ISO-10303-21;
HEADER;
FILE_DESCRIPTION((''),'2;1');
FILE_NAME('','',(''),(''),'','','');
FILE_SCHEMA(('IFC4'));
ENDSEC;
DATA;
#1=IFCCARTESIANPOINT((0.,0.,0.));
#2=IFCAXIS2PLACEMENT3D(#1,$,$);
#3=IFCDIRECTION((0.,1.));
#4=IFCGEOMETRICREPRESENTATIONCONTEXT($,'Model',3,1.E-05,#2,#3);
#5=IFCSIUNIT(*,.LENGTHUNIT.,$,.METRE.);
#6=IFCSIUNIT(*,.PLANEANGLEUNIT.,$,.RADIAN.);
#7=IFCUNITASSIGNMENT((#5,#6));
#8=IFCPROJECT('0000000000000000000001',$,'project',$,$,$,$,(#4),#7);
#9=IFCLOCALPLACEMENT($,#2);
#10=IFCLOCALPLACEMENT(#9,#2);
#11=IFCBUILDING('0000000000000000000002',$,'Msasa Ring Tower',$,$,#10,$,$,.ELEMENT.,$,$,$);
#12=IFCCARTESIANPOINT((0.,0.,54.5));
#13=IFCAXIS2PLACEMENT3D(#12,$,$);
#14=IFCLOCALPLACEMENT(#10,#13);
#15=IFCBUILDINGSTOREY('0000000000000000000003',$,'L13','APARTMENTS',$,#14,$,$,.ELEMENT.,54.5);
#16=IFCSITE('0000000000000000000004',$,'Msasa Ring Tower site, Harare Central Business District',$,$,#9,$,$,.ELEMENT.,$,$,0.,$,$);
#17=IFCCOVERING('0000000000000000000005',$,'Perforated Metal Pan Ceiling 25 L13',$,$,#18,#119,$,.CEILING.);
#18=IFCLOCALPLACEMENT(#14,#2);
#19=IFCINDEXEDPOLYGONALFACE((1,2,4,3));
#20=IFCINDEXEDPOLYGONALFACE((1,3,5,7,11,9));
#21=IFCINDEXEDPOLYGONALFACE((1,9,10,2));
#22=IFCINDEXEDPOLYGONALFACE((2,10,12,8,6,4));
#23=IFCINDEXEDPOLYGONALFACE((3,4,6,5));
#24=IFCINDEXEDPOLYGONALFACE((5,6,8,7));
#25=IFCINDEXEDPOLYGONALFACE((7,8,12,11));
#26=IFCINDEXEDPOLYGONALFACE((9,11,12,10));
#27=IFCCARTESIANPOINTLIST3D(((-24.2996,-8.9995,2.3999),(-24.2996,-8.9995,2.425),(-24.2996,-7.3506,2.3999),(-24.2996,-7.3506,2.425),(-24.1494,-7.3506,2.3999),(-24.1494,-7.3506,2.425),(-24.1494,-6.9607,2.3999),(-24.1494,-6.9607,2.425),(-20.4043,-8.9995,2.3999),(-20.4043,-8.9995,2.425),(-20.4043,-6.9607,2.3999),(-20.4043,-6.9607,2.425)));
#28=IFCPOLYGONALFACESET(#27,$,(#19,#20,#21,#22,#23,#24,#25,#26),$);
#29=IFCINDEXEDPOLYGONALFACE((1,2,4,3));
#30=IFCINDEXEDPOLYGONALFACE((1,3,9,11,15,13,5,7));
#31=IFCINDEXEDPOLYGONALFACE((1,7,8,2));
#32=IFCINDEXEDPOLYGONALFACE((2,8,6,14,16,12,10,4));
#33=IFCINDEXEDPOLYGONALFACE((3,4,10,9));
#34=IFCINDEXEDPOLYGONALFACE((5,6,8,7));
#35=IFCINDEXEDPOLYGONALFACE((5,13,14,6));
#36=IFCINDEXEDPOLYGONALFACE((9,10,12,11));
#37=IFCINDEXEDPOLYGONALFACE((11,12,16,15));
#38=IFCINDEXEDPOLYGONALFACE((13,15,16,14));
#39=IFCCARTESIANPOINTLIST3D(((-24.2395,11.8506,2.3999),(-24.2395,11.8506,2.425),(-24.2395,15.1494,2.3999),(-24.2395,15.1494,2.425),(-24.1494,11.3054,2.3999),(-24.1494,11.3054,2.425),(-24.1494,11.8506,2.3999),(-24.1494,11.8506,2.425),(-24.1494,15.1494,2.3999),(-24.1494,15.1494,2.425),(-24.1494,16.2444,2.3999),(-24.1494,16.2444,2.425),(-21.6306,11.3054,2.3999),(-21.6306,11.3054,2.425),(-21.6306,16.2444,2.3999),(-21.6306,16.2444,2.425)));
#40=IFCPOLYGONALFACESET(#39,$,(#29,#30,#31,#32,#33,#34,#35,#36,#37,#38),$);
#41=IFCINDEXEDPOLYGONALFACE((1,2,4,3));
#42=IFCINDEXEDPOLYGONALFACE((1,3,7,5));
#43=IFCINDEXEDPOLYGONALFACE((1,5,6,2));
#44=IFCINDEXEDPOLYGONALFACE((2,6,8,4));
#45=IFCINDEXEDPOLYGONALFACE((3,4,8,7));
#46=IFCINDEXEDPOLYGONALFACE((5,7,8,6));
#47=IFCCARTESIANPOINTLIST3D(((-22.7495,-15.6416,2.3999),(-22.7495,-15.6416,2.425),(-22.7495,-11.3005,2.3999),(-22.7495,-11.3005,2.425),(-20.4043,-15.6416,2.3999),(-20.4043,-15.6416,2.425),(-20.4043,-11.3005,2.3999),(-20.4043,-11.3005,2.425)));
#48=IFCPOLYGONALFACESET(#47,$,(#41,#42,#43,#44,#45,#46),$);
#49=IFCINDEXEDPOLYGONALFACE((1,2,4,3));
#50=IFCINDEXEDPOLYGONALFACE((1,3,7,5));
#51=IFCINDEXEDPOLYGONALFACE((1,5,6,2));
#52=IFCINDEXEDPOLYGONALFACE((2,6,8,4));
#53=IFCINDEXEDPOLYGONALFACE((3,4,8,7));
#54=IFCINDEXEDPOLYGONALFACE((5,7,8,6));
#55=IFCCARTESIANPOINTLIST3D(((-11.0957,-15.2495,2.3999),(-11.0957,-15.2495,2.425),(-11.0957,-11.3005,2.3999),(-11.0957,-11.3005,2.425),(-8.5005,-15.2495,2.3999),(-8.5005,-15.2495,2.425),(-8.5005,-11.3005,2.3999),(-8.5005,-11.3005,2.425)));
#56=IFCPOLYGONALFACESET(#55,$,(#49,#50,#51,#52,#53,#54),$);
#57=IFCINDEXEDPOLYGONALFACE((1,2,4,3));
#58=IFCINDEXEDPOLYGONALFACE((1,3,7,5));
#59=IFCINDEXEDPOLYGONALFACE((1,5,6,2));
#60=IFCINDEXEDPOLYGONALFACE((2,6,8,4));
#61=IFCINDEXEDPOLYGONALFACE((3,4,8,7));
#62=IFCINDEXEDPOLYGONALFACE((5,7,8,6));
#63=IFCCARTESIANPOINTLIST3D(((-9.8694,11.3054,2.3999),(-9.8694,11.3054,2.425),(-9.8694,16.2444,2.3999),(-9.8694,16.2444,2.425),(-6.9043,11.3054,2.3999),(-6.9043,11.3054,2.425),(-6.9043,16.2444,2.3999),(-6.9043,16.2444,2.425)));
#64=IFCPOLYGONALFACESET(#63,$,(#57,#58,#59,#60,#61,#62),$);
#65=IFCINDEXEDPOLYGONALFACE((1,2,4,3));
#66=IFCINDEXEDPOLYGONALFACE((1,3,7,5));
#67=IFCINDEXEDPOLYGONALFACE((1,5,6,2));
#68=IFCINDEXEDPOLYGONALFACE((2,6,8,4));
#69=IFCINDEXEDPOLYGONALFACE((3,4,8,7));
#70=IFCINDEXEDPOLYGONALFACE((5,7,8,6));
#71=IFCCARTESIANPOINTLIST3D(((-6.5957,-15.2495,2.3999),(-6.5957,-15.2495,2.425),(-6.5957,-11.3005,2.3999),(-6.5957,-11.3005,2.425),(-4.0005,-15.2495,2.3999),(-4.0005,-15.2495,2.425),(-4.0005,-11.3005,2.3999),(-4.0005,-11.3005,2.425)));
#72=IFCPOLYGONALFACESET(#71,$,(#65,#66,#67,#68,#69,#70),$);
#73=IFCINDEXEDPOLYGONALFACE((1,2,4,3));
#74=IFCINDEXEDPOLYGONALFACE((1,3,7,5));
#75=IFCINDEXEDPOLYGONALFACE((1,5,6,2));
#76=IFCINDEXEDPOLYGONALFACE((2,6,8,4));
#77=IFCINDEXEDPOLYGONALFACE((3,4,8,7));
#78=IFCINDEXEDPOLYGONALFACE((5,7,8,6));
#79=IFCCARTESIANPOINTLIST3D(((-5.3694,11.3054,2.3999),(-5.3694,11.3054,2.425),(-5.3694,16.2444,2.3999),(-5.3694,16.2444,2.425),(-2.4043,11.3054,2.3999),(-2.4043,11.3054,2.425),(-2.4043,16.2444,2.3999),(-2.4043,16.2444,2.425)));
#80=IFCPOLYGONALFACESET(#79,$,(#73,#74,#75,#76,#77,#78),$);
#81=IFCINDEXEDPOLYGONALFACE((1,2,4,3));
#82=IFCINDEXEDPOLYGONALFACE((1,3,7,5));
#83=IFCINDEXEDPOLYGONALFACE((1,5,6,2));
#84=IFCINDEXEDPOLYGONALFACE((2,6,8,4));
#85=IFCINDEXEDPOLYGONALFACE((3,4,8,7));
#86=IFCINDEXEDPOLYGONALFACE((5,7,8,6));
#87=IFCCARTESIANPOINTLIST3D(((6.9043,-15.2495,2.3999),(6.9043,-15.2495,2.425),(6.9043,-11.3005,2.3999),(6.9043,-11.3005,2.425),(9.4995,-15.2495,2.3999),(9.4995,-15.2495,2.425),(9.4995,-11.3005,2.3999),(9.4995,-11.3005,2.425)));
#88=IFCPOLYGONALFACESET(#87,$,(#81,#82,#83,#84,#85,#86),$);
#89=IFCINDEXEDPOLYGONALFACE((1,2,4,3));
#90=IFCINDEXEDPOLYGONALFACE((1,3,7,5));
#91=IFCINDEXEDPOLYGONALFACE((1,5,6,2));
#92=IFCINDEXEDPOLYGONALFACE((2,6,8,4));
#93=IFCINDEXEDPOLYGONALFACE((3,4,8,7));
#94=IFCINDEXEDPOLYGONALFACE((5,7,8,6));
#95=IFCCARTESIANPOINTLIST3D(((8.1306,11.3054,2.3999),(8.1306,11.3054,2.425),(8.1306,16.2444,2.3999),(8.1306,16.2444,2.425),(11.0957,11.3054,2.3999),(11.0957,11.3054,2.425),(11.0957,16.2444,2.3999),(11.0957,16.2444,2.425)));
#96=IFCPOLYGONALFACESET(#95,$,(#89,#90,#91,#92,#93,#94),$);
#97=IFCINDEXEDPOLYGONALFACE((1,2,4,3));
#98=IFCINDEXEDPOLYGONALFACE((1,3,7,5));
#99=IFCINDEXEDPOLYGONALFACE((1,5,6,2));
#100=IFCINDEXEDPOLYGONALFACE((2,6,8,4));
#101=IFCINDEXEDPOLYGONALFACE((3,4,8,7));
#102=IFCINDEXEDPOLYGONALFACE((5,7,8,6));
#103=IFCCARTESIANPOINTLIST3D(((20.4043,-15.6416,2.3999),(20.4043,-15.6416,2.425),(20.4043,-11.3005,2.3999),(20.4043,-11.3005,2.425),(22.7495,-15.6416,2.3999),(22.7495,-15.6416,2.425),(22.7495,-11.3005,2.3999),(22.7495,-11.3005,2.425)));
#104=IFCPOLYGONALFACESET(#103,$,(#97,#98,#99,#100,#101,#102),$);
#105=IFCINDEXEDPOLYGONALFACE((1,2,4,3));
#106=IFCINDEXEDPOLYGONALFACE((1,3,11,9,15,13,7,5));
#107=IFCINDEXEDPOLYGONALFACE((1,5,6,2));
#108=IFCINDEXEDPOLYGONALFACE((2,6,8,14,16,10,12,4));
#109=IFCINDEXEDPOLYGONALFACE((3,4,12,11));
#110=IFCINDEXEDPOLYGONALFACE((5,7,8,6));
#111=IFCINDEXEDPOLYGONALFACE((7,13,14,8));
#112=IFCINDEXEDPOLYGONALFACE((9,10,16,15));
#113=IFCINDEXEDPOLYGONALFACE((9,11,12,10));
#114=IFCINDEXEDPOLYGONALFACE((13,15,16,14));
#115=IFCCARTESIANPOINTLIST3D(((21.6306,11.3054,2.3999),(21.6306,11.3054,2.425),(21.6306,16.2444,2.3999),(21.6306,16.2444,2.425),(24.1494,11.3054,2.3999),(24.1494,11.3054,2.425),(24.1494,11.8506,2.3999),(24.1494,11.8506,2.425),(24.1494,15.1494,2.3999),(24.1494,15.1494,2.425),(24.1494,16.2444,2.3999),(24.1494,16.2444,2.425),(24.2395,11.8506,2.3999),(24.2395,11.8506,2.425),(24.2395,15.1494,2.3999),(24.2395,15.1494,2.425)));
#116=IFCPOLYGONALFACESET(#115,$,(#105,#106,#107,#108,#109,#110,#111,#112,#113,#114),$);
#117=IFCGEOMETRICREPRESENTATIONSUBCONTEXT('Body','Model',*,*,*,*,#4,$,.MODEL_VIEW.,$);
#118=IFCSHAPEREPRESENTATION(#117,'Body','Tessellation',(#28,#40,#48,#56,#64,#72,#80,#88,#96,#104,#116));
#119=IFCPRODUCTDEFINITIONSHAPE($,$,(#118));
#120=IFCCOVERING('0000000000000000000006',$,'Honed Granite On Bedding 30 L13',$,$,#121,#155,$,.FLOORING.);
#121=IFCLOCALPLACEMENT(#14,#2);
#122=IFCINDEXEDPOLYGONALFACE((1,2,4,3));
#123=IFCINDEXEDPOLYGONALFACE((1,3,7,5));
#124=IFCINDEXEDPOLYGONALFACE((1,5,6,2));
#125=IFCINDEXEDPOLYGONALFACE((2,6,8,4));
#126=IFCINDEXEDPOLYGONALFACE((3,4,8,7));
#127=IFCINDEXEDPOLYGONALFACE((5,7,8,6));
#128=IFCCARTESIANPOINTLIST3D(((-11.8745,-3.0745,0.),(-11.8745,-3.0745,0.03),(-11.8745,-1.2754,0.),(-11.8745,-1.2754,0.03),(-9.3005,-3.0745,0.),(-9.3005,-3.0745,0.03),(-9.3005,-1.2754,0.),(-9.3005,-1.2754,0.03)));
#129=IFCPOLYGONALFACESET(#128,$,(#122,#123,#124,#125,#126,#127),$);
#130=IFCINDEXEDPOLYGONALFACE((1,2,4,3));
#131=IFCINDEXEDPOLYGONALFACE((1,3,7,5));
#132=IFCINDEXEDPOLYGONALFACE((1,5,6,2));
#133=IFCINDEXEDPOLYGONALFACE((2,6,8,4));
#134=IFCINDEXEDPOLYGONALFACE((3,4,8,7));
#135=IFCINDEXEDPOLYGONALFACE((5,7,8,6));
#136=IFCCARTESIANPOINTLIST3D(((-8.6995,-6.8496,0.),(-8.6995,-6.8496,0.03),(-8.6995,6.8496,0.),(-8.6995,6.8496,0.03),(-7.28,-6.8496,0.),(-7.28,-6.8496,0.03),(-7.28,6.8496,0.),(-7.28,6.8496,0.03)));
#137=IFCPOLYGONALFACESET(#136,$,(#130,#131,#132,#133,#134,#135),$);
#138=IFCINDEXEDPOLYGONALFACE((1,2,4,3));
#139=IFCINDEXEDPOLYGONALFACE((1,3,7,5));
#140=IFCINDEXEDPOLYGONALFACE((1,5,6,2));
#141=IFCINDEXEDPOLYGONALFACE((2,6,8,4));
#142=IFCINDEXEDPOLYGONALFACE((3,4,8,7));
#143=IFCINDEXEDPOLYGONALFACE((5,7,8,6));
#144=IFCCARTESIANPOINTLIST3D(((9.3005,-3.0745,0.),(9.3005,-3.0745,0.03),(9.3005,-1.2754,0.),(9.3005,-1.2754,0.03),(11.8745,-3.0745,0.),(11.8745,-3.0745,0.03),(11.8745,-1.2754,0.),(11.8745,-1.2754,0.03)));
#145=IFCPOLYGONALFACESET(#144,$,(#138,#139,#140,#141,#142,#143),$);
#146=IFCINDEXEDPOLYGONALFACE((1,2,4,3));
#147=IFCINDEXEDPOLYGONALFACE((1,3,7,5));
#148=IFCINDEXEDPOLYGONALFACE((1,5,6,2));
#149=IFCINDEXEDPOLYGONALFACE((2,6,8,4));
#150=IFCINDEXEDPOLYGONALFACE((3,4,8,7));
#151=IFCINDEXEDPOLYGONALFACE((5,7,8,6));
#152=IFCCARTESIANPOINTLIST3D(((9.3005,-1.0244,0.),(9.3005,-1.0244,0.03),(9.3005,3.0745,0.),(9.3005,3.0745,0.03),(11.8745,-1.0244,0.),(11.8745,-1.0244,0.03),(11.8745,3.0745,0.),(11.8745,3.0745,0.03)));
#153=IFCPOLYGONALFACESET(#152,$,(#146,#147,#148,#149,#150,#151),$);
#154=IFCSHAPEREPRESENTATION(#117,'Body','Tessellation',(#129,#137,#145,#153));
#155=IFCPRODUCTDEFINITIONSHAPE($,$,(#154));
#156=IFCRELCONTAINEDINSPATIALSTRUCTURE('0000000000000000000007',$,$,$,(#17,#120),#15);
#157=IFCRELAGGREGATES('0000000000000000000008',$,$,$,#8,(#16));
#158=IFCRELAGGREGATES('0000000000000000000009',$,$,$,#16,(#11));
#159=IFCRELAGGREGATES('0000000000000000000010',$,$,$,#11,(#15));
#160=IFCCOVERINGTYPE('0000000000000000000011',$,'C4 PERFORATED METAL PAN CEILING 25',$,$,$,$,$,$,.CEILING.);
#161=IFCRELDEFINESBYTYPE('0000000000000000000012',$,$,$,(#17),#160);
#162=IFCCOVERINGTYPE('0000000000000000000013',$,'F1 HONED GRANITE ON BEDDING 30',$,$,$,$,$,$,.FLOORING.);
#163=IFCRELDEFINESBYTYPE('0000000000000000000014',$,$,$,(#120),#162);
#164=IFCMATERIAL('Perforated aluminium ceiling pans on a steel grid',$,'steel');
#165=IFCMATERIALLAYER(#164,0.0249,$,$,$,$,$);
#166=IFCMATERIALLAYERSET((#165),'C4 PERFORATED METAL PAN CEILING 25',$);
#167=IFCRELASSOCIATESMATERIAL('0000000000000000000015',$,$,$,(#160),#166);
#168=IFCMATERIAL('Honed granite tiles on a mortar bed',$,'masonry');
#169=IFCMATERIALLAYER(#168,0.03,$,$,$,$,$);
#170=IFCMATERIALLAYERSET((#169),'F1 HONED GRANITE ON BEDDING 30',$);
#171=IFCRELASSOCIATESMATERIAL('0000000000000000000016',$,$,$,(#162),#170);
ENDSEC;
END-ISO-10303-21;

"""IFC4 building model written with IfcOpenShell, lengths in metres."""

from ifc_helpers import new_model, si_unit, direction, frame, origin, place, context, subcontext, project, spatial, line, indexed_curve, outline, extrude, material, layer, layer_set, type_object, element, save


model = new_model("IFC4")

# Units and contexts
model_context = context("Model", 3, precision=1e-05, world=origin(), true_north=direction((0.0, 1.0)))
body_context = subcontext(model_context, "Body", "Model", "MODEL_VIEW")
ifc_project = project(units=[si_unit("LENGTHUNIT", "METRE"), si_unit("PLANEANGLEUNIT", "RADIAN")], contexts=[model_context])

# Site, building, storey
site_placement = place(None, origin())
site = spatial("IfcSite", under=ifc_project, at=site_placement, Name="Msasa Ring Tower site, Harare Central Business District", CompositionType="ELEMENT", RefElevation=0.0)
building_placement = place(site_placement, origin())
building = spatial("IfcBuilding", under=site, at=building_placement, Name="Msasa Ring Tower", CompositionType="ELEMENT")
storey_placement = place(building_placement, frame((0.0, 0.0, 54.5)))
storey = spatial("IfcBuildingStorey", under=building, at=storey_placement, Name="L13", Description="APARTMENTS", CompositionType="ELEMENT", Elevation=54.5)

# Coverings
ifc_material_1 = material(Name="Perforated aluminium ceiling pans on a steel grid", Category="steel")
ifc_layer_1 = layer(ifc_material_1, 0.0249)
ifc_layer_set_1 = layer_set([ifc_layer_1], Name="C4 PERFORATED METAL PAN CEILING 25")
covering_type_1 = type_object("IfcCoveringType", Name="C4 PERFORATED METAL PAN CEILING 25", PredefinedType="CEILING", material=ifc_layer_set_1)
covering_1_placement = place(storey_placement, frame((0.0, 0.0, 2.3999)))
element("IfcCovering", 1, at=covering_1_placement, inside=storey, type_object=covering_type_1, Name="Perforated Metal Pan Ceiling 25 L13", PredefinedType="CEILING", context=body_context, shape_type="SweptSolid", body=[
    extrude(outline(indexed_curve([(-24.2996, -8.9995), (-24.2996, -7.3506), (-24.1494, -7.3506), (-24.1494, -6.9607), (-20.4043, -6.9607), (-20.4043, -8.9995)], segments=[line(1, 2, 3, 4, 5, 6, 1)], self_intersect=False)), origin(), (0.0, 0.0, 1.0), 0.0251),
    extrude(outline(indexed_curve([(-24.2395, 15.1494), (-24.1494, 15.1494), (-24.1494, 16.2444), (-21.6306, 16.2444), (-21.6306, 11.3054), (-24.1494, 11.3054), (-24.1494, 11.8506), (-24.2395, 11.8506)], segments=[line(1, 2, 3, 4, 5, 6, 7, 8, 1)], self_intersect=False)), origin(), (0.0, 0.0, 1.0), 0.0251),
    extrude(outline(indexed_curve([(-22.7495, -15.6416), (-22.7495, -11.3005), (-20.4043, -11.3005), (-20.4043, -15.6416)], segments=[line(1, 2, 3, 4, 1)], self_intersect=False)), origin(), (0.0, 0.0, 1.0), 0.0251),
    extrude(outline(indexed_curve([(-11.0957, -15.2495), (-11.0957, -11.3005), (-8.5005, -11.3005), (-8.5005, -15.2495)], segments=[line(1, 2, 3, 4, 1)], self_intersect=False)), origin(), (0.0, 0.0, 1.0), 0.0251),
    extrude(outline(indexed_curve([(-9.8694, 11.3054), (-9.8694, 16.2444), (-6.9043, 16.2444), (-6.9043, 11.3054)], segments=[line(1, 2, 3, 4, 1)], self_intersect=False)), origin(), (0.0, 0.0, 1.0), 0.0251),
    extrude(outline(indexed_curve([(-6.5957, -15.2495), (-6.5957, -11.3005), (-4.0005, -11.3005), (-4.0005, -15.2495)], segments=[line(1, 2, 3, 4, 1)], self_intersect=False)), origin(), (0.0, 0.0, 1.0), 0.0251),
    extrude(outline(indexed_curve([(-5.3694, 11.3054), (-5.3694, 16.2444), (-2.4043, 16.2444), (-2.4043, 11.3054)], segments=[line(1, 2, 3, 4, 1)], self_intersect=False)), origin(), (0.0, 0.0, 1.0), 0.0251),
    extrude(outline(indexed_curve([(9.4995, -11.3005), (9.4995, -15.2495), (6.9043, -15.2495), (6.9043, -11.3005)], segments=[line(1, 2, 3, 4, 1)], self_intersect=False)), origin(), (0.0, 0.0, 1.0), 0.0251),
    extrude(outline(indexed_curve([(8.1306, 16.2444), (11.0957, 16.2444), (11.0957, 11.3054), (8.1306, 11.3054)], segments=[line(1, 2, 3, 4, 1)], self_intersect=False)), origin(), (0.0, 0.0, 1.0), 0.0251),
    extrude(outline(indexed_curve([(22.7495, -11.3005), (22.7495, -15.6416), (20.4043, -15.6416), (20.4043, -11.3005)], segments=[line(1, 2, 3, 4, 1)], self_intersect=False)), origin(), (0.0, 0.0, 1.0), 0.0251),
    extrude(outline(indexed_curve([(21.6306, 16.2444), (24.1494, 16.2444), (24.1494, 15.1494), (24.2395, 15.1494), (24.2395, 11.8506), (24.1494, 11.8506), (24.1494, 11.3054), (21.6306, 11.3054)], segments=[line(1, 2, 3, 4, 5, 6, 7, 8, 1)], self_intersect=False)), origin(), (0.0, 0.0, 1.0), 0.0251),
])
ifc_material_2 = material(Name="Honed granite tiles on a mortar bed", Category="masonry")
ifc_layer_2 = layer(ifc_material_2, 0.03)
ifc_layer_set_2 = layer_set([ifc_layer_2], Name="F1 HONED GRANITE ON BEDDING 30")
covering_type_2 = type_object("IfcCoveringType", Name="F1 HONED GRANITE ON BEDDING 30", PredefinedType="FLOORING", material=ifc_layer_set_2)
covering_2_placement = place(storey_placement, origin())
element("IfcCovering", 2, at=covering_2_placement, inside=storey, type_object=covering_type_2, Name="Honed Granite On Bedding 30 L13", PredefinedType="FLOORING", context=body_context, shape_type="SweptSolid", body=[
    extrude(outline(indexed_curve([(-11.8745, -3.0745), (-11.8745, -1.2754), (-9.3005, -1.2754), (-9.3005, -3.0745)], segments=[line(1, 2, 3, 4, 1)], self_intersect=False)), origin(), (0.0, 0.0, 1.0), 0.03),
    extrude(outline(indexed_curve([(-8.6995, -6.8496), (-8.6995, 6.8496), (-7.28, 6.8496), (-7.28, -6.8496)], segments=[line(1, 2, 3, 4, 1)], self_intersect=False)), origin(), (0.0, 0.0, 1.0), 0.03),
    extrude(outline(indexed_curve([(9.3005, -3.0745), (9.3005, -1.2754), (11.8745, -1.2754), (11.8745, -3.0745)], segments=[line(1, 2, 3, 4, 1)], self_intersect=False)), origin(), (0.0, 0.0, 1.0), 0.03),
    extrude(outline(indexed_curve([(9.3005, -1.0244), (9.3005, 3.0745), (11.8745, 3.0745), (11.8745, -1.0244)], segments=[line(1, 2, 3, 4, 1)], self_intersect=False)), origin(), (0.0, 0.0, 1.0), 0.03),
])

save(model, "model.ifc")
